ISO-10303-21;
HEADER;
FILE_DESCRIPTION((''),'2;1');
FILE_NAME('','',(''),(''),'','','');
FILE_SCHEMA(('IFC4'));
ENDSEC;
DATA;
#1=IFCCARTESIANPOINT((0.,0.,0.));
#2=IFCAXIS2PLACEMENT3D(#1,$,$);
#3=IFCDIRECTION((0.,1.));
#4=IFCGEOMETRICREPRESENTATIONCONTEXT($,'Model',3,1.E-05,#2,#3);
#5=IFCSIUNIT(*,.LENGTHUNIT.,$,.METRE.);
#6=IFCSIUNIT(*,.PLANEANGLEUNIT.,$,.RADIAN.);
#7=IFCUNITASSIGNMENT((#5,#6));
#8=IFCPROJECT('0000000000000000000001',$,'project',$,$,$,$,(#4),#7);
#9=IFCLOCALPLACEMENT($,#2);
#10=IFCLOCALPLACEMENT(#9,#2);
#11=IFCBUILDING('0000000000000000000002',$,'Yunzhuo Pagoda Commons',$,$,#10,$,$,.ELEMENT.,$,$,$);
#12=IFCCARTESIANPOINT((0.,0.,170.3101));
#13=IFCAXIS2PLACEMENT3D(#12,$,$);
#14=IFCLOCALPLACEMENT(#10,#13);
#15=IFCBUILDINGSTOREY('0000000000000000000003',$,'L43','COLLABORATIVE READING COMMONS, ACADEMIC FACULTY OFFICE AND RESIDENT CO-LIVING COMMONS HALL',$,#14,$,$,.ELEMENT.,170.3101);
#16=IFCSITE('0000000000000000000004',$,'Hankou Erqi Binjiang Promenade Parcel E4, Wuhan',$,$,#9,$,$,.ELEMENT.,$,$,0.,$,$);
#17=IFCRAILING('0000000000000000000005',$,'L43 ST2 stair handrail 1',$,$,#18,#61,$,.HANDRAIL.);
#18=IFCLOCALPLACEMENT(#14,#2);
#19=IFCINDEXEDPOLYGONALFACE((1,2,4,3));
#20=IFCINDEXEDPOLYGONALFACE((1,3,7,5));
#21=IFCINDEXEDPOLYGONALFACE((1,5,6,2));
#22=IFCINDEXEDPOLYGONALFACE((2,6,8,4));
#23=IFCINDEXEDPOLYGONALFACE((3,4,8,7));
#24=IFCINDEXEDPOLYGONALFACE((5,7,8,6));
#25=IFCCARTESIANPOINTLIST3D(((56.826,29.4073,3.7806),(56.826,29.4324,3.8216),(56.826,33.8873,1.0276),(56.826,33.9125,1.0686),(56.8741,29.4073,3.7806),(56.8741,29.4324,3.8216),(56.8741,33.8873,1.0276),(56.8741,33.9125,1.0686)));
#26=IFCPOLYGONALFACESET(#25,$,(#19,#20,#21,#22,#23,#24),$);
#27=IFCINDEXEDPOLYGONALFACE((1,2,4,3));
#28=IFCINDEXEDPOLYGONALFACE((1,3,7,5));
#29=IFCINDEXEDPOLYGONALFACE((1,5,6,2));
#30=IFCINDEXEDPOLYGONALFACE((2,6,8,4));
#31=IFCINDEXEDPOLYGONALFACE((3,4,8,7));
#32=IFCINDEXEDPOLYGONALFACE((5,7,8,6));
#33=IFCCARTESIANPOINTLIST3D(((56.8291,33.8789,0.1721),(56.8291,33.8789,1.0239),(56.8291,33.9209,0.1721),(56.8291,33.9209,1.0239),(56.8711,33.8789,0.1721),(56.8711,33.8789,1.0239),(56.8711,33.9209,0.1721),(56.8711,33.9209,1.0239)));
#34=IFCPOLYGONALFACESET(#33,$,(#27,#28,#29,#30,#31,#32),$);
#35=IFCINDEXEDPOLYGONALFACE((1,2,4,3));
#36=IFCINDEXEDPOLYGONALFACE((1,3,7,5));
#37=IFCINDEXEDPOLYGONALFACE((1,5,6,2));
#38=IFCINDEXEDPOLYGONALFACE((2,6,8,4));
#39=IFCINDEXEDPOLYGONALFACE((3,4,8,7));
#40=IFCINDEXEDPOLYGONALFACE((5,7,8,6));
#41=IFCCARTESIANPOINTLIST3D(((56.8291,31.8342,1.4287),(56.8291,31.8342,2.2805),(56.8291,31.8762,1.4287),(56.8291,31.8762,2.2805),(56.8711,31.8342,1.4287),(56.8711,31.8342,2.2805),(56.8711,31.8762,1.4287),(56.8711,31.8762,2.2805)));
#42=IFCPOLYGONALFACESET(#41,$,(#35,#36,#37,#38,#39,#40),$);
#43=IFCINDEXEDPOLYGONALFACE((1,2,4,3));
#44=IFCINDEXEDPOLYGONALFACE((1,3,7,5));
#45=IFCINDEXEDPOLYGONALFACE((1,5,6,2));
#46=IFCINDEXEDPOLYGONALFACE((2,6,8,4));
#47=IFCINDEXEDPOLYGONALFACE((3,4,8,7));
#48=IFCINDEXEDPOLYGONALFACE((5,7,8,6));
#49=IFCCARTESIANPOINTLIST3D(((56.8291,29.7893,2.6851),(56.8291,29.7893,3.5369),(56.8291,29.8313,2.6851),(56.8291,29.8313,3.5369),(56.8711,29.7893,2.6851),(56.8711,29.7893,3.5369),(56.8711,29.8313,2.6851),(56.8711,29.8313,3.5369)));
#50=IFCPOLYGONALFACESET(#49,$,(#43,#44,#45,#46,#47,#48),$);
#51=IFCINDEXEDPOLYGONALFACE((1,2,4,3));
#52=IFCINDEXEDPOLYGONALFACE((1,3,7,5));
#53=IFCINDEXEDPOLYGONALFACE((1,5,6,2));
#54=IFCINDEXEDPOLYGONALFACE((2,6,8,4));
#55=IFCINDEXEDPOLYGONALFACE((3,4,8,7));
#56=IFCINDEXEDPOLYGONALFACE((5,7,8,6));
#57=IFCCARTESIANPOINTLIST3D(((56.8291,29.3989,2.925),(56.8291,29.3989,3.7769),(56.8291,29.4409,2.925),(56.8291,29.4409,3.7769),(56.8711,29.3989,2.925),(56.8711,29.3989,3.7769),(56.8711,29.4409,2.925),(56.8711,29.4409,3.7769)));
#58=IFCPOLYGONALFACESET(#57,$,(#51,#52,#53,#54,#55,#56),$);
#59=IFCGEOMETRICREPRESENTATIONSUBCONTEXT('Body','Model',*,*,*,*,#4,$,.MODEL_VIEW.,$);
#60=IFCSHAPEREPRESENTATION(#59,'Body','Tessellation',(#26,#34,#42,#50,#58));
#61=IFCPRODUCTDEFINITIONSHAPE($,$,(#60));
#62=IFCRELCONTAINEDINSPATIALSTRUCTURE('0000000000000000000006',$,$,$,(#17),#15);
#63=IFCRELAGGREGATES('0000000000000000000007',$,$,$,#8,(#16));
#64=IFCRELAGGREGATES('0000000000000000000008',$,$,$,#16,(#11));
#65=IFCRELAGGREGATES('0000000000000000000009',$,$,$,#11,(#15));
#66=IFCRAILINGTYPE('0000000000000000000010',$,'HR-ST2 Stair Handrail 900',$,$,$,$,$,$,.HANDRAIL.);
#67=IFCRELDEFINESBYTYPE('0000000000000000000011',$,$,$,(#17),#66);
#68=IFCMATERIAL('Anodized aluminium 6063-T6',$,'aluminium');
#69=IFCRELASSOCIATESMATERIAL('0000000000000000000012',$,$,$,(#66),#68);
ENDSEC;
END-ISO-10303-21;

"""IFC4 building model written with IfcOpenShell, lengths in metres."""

from ifc_helpers import new_model, si_unit, direction, frame, origin, origin_2d, place, context, subcontext, project, spatial, rectangle, extrude, material, type_object, element, save


model = new_model("IFC4")

# Units and contexts
model_context = context("Model", 3, precision=1e-05, world=origin(), true_north=direction((0.0, 1.0)))
body_context = subcontext(model_context, "Body", "Model", "MODEL_VIEW")
ifc_project = project(units=[si_unit("LENGTHUNIT", "METRE"), si_unit("PLANEANGLEUNIT", "RADIAN")], contexts=[model_context])

# Site, building, storey
site_placement = place(None, origin())
site = spatial("IfcSite", under=ifc_project, at=site_placement, Name="Hankou Erqi Binjiang Promenade Parcel E4, Wuhan", CompositionType="ELEMENT", RefElevation=0.0)
building_placement = place(site_placement, origin())
building = spatial("IfcBuilding", under=site, at=building_placement, Name="Yunzhuo Pagoda Commons", CompositionType="ELEMENT")
storey_placement = place(building_placement, frame((0.0, 0.0, 170.3101)))
storey = spatial("IfcBuildingStorey", under=building, at=storey_placement, Name="L43", Description="COLLABORATIVE READING COMMONS, ACADEMIC FACULTY OFFICE AND RESIDENT CO-LIVING COMMONS HALL", CompositionType="ELEMENT", Elevation=170.3101)

# Railing
ifc_material_1 = material(Name="Anodized aluminium 6063-T6", Category="aluminium")
railing_type_1 = type_object("IfcRailingType", Name="HR-ST2 Stair Handrail 900", PredefinedType="HANDRAIL", material=ifc_material_1)
railing_1_placement = place(storey_placement, frame((56.8501, 33.8999, 0.1721)))
element("IfcRailing", 1, at=railing_1_placement, inside=storey, type_object=railing_type_1, Name="L43 ST2 stair handrail 1", PredefinedType="HANDRAIL", context=body_context, shape_type="SweptSolid", body=[
    extrude(rectangle(XDim=0.0481, YDim=0.0481, at=origin_2d()), frame((0.0, 0.0, 0.876), z_axis=(0.0, -0.851996, 0.523548), x_axis=(1.0, 0.0, 0.0)), (0.0, 0.0, 1.0), 5.2583),
    extrude(rectangle(XDim=0.042, YDim=0.042, at=origin_2d()), origin(), (0.0, 0.0, 1.0), 0.8518),
    extrude(rectangle(XDim=0.042, YDim=0.042, at=origin_2d()), frame((0.0, -2.0447, 1.2566)), (0.0, 0.0, 1.0), 0.8518),
    extrude(rectangle(XDim=0.042, YDim=0.042, at=origin_2d()), frame((0.0, -4.0896, 2.5129)), (0.0, 0.0, 1.0), 0.8518),
    extrude(rectangle(XDim=0.042, YDim=0.042, at=origin_2d()), frame((0.0, -4.48, 2.7529)), (0.0, 0.0, 1.0), 0.8518),
])

save(model, "model.ifc")
